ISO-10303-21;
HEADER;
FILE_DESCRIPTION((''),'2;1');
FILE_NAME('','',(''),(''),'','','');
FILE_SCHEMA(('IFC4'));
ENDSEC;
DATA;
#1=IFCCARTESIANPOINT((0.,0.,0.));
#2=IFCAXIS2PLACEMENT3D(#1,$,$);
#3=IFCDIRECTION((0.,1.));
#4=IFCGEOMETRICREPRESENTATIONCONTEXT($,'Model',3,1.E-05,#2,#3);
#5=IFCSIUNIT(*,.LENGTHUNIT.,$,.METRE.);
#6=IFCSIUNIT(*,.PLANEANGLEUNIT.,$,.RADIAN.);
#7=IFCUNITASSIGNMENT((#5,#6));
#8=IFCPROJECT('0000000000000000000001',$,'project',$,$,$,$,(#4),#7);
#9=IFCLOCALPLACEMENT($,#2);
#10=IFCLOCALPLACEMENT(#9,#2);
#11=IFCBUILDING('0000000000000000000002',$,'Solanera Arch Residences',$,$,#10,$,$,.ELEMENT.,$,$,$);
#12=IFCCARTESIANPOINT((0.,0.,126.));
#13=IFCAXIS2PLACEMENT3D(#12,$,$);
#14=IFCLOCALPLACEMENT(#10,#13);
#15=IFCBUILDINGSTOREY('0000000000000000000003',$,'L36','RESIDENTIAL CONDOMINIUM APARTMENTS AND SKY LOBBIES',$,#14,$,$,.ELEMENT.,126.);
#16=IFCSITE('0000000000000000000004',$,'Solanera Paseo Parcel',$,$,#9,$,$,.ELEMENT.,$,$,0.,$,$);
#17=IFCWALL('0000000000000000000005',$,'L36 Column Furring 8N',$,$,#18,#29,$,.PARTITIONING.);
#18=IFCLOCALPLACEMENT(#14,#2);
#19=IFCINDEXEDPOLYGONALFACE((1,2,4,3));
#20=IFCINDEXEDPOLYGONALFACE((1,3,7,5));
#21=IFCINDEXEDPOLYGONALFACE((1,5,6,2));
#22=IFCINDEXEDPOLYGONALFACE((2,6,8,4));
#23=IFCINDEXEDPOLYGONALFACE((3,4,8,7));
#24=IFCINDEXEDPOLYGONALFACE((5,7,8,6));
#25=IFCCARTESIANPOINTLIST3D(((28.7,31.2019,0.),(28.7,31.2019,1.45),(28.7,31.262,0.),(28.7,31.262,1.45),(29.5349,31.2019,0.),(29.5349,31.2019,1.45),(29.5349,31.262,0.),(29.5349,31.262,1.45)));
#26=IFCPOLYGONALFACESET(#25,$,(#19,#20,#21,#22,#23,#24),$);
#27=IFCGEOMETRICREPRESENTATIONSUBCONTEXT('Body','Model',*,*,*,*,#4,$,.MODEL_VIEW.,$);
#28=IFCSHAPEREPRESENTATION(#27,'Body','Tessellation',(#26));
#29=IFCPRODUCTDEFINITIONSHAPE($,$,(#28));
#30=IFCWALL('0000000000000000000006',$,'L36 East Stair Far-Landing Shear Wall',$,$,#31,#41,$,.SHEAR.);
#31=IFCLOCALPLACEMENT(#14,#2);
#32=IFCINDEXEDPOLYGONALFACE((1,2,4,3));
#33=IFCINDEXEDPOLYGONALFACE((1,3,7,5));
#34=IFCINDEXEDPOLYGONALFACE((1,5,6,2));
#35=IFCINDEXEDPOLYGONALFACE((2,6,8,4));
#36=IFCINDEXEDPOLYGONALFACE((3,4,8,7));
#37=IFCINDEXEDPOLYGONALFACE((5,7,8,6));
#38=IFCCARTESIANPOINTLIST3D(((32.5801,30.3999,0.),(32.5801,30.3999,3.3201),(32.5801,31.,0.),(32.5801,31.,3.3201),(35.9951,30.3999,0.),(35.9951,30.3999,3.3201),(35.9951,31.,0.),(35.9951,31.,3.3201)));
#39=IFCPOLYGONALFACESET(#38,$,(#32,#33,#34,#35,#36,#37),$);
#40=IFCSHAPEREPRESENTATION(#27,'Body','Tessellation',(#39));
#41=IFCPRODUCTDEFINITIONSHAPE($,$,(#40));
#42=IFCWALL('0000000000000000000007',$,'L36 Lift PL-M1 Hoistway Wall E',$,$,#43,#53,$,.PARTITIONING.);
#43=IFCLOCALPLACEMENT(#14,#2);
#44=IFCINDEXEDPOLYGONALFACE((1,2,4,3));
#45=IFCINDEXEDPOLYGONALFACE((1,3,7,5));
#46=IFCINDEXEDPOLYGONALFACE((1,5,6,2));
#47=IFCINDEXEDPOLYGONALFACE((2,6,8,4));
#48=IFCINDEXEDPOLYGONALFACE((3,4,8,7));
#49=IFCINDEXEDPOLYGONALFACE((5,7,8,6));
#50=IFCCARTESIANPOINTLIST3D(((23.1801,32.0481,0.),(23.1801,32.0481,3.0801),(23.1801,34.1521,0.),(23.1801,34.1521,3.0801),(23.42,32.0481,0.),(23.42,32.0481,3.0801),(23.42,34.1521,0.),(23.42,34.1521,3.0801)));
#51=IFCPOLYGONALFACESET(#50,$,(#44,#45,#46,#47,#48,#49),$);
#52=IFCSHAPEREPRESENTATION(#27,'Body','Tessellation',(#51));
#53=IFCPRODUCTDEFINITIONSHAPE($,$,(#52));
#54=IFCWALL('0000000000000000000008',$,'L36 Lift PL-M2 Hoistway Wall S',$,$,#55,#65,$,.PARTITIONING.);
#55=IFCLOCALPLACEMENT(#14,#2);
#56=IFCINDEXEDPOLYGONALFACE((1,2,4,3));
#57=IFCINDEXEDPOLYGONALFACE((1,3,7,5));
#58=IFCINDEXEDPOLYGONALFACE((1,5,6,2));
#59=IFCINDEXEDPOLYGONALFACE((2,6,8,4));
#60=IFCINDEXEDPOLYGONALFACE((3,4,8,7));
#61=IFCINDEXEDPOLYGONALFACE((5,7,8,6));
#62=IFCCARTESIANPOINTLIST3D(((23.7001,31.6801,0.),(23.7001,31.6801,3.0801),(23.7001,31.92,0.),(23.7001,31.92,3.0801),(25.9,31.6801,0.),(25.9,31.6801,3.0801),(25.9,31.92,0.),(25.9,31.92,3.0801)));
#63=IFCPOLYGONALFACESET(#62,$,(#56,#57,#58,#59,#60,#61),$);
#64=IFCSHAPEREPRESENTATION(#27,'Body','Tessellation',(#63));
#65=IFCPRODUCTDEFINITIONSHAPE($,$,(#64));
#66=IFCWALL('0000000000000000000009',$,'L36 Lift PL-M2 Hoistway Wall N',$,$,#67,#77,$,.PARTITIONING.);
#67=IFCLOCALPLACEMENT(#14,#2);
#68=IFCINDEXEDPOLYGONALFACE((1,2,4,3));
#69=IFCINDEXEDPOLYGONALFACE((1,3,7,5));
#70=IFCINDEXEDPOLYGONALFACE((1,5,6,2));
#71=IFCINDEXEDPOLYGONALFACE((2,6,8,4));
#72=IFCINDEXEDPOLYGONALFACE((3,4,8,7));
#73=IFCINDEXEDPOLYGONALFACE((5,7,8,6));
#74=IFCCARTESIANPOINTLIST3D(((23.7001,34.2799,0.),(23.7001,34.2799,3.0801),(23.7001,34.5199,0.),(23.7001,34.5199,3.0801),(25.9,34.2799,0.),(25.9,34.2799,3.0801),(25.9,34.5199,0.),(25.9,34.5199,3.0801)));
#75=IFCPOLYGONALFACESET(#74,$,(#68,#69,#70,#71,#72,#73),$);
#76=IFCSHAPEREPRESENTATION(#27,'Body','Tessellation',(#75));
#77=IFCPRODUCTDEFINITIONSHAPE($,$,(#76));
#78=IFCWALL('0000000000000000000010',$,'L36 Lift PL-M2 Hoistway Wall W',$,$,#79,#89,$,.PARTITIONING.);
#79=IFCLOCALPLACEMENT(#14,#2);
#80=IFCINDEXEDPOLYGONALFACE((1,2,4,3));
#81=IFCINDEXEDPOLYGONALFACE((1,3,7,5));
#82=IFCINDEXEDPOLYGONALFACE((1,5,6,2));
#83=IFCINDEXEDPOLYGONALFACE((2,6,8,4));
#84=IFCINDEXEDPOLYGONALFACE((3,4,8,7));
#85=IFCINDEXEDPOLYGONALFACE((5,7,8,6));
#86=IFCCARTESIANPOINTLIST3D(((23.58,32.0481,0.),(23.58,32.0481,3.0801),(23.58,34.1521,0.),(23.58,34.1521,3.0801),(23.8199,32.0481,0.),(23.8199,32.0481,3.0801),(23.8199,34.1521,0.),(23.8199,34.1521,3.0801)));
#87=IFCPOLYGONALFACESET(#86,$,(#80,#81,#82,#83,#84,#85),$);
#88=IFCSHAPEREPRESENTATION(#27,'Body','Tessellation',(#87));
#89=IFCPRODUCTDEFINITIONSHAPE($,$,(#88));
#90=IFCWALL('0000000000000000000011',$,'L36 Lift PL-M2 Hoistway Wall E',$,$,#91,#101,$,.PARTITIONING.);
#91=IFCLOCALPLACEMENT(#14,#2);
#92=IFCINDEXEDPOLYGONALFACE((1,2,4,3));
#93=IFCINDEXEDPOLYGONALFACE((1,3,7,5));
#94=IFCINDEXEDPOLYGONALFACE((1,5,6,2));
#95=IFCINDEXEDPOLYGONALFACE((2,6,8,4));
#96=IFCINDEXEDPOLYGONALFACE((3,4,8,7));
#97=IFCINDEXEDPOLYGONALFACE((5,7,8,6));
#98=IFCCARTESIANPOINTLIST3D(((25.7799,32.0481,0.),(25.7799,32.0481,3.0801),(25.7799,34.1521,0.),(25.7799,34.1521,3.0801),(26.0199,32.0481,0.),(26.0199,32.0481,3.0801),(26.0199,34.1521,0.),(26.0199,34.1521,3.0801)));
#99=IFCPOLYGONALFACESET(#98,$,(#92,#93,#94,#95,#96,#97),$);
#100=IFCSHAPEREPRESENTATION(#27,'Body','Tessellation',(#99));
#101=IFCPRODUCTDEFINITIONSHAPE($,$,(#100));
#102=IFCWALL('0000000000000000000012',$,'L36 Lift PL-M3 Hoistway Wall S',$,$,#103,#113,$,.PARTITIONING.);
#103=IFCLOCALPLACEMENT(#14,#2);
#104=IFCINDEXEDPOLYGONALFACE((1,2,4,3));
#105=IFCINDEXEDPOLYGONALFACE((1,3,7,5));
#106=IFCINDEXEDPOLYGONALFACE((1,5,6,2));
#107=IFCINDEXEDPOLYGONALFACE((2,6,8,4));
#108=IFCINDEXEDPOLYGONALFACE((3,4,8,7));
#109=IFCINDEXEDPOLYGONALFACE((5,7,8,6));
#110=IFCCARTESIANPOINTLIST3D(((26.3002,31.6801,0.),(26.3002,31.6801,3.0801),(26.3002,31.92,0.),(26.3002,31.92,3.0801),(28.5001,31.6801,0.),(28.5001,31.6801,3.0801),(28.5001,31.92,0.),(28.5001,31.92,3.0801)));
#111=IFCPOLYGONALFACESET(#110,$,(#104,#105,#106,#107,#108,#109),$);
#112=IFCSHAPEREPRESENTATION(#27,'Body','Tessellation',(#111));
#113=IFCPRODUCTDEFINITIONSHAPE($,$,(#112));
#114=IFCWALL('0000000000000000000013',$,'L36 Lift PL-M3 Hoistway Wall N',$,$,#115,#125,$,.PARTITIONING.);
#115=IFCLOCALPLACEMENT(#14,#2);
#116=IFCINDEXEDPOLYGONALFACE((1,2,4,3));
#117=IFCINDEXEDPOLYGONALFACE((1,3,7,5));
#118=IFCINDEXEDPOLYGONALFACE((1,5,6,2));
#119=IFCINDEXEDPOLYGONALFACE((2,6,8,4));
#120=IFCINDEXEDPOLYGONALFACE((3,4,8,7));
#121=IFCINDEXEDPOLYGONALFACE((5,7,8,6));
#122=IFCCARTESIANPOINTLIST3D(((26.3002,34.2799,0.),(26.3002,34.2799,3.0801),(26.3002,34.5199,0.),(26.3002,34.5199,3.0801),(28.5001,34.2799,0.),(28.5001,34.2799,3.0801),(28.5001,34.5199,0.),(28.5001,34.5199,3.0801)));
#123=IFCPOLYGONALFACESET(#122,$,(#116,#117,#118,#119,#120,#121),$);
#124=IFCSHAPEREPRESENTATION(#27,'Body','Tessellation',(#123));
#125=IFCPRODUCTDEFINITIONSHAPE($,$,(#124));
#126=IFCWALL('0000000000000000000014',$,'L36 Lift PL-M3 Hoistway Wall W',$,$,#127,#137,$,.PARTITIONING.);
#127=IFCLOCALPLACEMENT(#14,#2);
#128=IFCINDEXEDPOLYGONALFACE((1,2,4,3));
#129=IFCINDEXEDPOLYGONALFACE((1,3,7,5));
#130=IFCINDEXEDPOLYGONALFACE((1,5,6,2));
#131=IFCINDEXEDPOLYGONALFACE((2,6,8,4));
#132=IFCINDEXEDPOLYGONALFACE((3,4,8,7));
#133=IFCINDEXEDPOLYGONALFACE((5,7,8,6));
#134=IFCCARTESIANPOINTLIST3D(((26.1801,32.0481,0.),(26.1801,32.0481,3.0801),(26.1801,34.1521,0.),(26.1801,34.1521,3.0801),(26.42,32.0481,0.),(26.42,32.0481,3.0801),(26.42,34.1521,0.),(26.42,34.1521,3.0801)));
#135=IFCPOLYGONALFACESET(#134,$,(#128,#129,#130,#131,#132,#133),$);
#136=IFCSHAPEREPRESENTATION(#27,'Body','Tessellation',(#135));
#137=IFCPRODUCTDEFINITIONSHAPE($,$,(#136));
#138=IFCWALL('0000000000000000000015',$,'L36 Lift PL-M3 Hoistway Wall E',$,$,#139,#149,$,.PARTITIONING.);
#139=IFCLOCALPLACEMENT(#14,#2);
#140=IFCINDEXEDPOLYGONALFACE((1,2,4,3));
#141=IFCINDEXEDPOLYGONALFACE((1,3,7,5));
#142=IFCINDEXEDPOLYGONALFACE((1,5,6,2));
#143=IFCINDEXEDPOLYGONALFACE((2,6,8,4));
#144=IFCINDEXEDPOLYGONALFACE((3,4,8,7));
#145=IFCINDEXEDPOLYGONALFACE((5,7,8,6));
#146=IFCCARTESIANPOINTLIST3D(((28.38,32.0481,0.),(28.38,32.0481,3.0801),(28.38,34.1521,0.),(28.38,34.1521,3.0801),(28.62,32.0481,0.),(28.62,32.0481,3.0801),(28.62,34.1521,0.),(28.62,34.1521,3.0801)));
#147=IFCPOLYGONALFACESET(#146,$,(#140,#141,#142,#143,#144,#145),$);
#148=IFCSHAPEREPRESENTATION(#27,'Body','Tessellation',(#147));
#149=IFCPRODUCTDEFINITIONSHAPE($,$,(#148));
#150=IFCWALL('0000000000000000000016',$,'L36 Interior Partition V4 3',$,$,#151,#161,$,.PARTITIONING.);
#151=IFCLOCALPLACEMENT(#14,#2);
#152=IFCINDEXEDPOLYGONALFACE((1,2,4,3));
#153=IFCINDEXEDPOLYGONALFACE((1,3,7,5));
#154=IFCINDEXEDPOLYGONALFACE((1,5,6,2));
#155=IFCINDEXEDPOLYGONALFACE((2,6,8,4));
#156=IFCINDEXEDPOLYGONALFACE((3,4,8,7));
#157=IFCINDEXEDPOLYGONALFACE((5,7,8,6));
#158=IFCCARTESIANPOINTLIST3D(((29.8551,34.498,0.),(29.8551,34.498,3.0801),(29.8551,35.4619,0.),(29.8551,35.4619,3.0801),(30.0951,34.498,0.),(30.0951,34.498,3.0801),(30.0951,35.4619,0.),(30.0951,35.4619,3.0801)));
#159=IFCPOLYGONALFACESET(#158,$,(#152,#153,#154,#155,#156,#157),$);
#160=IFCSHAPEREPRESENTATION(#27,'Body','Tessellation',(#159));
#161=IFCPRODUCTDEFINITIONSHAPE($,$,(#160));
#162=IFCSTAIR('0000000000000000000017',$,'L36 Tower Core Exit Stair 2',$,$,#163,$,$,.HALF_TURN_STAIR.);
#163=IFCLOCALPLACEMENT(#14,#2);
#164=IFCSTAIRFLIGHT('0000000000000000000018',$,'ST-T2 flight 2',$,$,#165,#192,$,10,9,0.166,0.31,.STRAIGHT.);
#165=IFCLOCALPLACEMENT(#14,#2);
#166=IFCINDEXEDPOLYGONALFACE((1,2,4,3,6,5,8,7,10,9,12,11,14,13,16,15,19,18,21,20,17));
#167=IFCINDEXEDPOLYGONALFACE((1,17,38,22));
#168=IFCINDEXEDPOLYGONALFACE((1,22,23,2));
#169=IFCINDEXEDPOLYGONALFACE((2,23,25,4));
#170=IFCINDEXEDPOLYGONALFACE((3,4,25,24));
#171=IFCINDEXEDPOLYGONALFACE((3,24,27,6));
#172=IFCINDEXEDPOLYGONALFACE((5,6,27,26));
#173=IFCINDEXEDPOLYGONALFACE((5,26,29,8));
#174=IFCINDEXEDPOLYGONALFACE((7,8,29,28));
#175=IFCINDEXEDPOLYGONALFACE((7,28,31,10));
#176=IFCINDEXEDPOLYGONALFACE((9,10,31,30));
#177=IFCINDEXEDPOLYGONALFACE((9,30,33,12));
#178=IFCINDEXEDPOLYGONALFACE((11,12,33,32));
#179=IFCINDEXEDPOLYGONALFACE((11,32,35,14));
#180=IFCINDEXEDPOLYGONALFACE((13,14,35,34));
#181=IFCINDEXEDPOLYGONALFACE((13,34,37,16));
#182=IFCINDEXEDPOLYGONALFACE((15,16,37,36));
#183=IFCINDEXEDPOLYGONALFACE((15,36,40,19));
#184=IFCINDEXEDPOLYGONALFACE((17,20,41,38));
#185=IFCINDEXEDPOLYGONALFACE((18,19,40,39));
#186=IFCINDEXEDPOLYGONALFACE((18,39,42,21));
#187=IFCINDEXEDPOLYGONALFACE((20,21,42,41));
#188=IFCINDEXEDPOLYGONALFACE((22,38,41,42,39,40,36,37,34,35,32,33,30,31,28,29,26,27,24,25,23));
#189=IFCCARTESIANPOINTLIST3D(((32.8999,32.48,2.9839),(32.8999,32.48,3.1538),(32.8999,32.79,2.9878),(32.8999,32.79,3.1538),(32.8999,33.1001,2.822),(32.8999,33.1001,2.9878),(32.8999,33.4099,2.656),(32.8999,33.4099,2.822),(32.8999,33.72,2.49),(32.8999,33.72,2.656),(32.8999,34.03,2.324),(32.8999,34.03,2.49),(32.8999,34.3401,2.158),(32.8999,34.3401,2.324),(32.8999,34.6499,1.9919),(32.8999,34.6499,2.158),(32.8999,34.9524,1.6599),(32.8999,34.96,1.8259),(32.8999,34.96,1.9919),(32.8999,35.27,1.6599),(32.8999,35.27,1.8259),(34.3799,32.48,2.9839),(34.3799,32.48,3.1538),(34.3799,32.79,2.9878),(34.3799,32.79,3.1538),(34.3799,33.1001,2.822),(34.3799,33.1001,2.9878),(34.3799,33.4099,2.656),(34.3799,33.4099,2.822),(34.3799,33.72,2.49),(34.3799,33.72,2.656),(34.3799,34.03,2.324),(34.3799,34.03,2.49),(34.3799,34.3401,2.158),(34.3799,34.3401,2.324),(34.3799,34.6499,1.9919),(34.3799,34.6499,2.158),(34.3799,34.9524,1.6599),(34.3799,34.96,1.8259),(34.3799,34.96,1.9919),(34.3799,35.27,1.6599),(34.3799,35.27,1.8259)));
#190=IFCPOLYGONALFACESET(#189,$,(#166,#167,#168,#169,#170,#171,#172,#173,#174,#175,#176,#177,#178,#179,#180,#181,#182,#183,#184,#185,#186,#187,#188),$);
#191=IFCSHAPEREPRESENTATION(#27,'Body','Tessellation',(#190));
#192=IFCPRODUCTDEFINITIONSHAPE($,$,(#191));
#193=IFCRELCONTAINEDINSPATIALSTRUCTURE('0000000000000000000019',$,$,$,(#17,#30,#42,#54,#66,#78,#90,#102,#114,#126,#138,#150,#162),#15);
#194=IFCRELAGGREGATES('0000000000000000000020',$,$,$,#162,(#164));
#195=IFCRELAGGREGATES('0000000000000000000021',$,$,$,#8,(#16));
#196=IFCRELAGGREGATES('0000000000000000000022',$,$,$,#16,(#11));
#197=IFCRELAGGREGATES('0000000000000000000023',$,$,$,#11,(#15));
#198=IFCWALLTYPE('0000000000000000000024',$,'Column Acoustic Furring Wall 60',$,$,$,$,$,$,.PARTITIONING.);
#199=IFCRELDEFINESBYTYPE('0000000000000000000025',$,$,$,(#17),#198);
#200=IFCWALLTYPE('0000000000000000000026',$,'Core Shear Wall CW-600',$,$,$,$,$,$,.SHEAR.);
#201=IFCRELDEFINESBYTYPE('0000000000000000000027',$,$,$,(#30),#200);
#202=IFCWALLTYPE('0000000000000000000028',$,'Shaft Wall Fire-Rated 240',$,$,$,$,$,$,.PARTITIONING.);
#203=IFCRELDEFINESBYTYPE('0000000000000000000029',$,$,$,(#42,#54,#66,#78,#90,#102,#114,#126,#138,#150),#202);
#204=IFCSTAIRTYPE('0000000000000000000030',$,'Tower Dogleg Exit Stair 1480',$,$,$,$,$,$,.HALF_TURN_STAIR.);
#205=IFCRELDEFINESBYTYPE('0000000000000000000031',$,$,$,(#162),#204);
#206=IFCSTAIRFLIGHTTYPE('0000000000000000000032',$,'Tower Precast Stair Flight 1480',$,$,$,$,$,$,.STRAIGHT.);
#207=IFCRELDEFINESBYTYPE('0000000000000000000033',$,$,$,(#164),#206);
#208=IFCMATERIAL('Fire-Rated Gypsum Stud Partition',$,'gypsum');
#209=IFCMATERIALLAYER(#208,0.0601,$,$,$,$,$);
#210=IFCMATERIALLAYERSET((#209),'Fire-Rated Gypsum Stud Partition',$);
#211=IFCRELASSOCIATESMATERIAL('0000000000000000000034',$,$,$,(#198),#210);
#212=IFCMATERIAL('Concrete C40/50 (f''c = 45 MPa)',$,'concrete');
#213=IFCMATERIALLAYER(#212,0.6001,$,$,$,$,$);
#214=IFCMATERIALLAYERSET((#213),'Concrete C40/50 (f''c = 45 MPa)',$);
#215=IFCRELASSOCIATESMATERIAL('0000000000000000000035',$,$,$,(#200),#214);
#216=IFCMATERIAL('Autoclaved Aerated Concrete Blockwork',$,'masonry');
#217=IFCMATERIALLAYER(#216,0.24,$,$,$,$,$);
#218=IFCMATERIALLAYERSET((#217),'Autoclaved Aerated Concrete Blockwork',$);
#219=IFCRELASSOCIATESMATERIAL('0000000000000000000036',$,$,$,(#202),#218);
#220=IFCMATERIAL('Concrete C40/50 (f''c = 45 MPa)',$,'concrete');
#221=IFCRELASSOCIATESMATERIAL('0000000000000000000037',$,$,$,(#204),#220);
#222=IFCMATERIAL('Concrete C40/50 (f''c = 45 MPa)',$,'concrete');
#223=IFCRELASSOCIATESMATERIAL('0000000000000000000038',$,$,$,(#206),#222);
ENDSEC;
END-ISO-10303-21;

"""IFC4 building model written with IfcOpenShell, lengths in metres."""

from ifc_helpers import new_model, si_unit, direction, frame, frame_2d, origin, place, context, subcontext, project, spatial, polyline, rectangle, outline, extrude, material, layer, layer_set, type_object, element, aggregate, save


model = new_model("IFC4")

# Units and contexts
model_context = context("Model", 3, precision=1e-05, world=origin(), true_north=direction((0.0, 1.0)))
body_context = subcontext(model_context, "Body", "Model", "MODEL_VIEW")
ifc_project = project(units=[si_unit("LENGTHUNIT", "METRE"), si_unit("PLANEANGLEUNIT", "RADIAN")], contexts=[model_context])

# Site, building, storey
site_placement = place(None, origin())
site = spatial("IfcSite", under=ifc_project, at=site_placement, Name="Solanera Paseo Parcel", CompositionType="ELEMENT", RefElevation=0.0)
building_placement = place(site_placement, origin())
building = spatial("IfcBuilding", under=site, at=building_placement, Name="Solanera Arch Residences", CompositionType="ELEMENT")
storey_placement = place(building_placement, frame((0.0, 0.0, 126.0)))
storey = spatial("IfcBuildingStorey", under=building, at=storey_placement, Name="L36", Description="RESIDENTIAL CONDOMINIUM APARTMENTS AND SKY LOBBIES", CompositionType="ELEMENT", Elevation=126.0)

# Wall
ifc_material_1 = material(Name="Fire-Rated Gypsum Stud Partition", Category="gypsum")
ifc_layer_1 = layer(ifc_material_1, 0.0601)
ifc_layer_set_1 = layer_set([ifc_layer_1], Name="Fire-Rated Gypsum Stud Partition")
wall_type_1 = type_object("IfcWallType", Name="Column Acoustic Furring Wall 60", PredefinedType="PARTITIONING", material=ifc_layer_set_1)
wall_1_placement = place(storey_placement, frame((28.7, 31.2319, 0.0), z_axis=(0.0, 0.0, 1.0), x_axis=(1.0, 0.0, 0.0)))
element("IfcWall", 1, at=wall_1_placement, inside=storey, type_object=wall_type_1, Name="L36 Column Furring 8N", PredefinedType="PARTITIONING", context=body_context, shape_type="SweptSolid", body=[
    extrude(rectangle(XDim=0.835, YDim=0.0601, at=frame_2d((0.4175, 0.0))), origin(), (0.0, 0.0, 1.0), 1.45),
])

# Walls
ifc_material_2 = material(Name="Concrete C40/50 (f'c = 45 MPa)", Category="concrete")
ifc_layer_2 = layer(ifc_material_2, 0.6001)
ifc_layer_set_2 = layer_set([ifc_layer_2], Name="Concrete C40/50 (f'c = 45 MPa)")
wall_type_2 = type_object("IfcWallType", Name="Core Shear Wall CW-600", PredefinedType="SHEAR", material=ifc_layer_set_2)
wall_2_placement = place(storey_placement, frame((32.5801, 30.7, 0.0), z_axis=(0.0, 0.0, 1.0), x_axis=(1.0, 0.0, 0.0)))
element("IfcWall", 2, at=wall_2_placement, inside=storey, type_object=wall_type_2, Name="L36 East Stair Far-Landing Shear Wall", PredefinedType="SHEAR", context=body_context, shape_type="SweptSolid", body=[
    extrude(rectangle(XDim=3.415, YDim=0.6001, at=frame_2d((1.7075, 0.0))), origin(), (0.0, 0.0, 1.0), 3.3201),
])
ifc_material_3 = material(Name="Autoclaved Aerated Concrete Blockwork", Category="masonry")
ifc_layer_3 = layer(ifc_material_3, 0.24)
ifc_layer_set_3 = layer_set([ifc_layer_3], Name="Autoclaved Aerated Concrete Blockwork")
wall_type_3 = type_object("IfcWallType", Name="Shaft Wall Fire-Rated 240", PredefinedType="PARTITIONING", material=ifc_layer_set_3)
wall_3_placement = place(storey_placement, frame((23.3, 32.0481, 0.0), z_axis=(0.0, 0.0, 1.0), x_axis=(0.0, 1.0, 0.0)))
element("IfcWall", 3, at=wall_3_placement, inside=storey, type_object=wall_type_3, Name="L36 Lift PL-M1 Hoistway Wall E", PredefinedType="PARTITIONING", context=body_context, shape_type="SweptSolid", body=[
    extrude(rectangle(XDim=2.104, YDim=0.24, at=frame_2d((1.052, 0.0))), origin(), (0.0, 0.0, 1.0), 3.0801),
])
for number, where, z_axis, x_axis, name in (
    (4, (23.7, 31.8, 0.0), (0.0, 0.0, 1.0), (1.0, 0.0, 0.0), "L36 Lift PL-M2 Hoistway Wall S"),
    (5, (23.7, 34.3999, 0.0), (0.0, 0.0, 1.0), (1.0, 0.0, 0.0), "L36 Lift PL-M2 Hoistway Wall N"),
):
    element("IfcWall", number, at=place(storey_placement, frame(where, z_axis=z_axis, x_axis=x_axis)), inside=storey, type_object=wall_type_3, Name=name, PredefinedType="PARTITIONING", context=body_context, shape_type="SweptSolid", body=[
        extrude(rectangle(XDim=2.2, YDim=0.24, at=frame_2d((1.1001, 0.0))), origin(), (0.0, 0.0, 1.0), 3.0801),
    ])
for number, where, z_axis, x_axis, name in (
    (6, (23.7, 32.0481, 0.0), (0.0, 0.0, 1.0), (0.0, 1.0, 0.0), "L36 Lift PL-M2 Hoistway Wall W"),
    (7, (25.8999, 32.0481, 0.0), (0.0, 0.0, 1.0), (0.0, 1.0, 0.0), "L36 Lift PL-M2 Hoistway Wall E"),
):
    element("IfcWall", number, at=place(storey_placement, frame(where, z_axis=z_axis, x_axis=x_axis)), inside=storey, type_object=wall_type_3, Name=name, PredefinedType="PARTITIONING", context=body_context, shape_type="SweptSolid", body=[
        extrude(rectangle(XDim=2.104, YDim=0.24, at=frame_2d((1.052, 0.0))), origin(), (0.0, 0.0, 1.0), 3.0801),
    ])
for number, where, z_axis, x_axis, name in (
    (8, (26.3, 31.8, 0.0), (0.0, 0.0, 1.0), (1.0, 0.0, 0.0), "L36 Lift PL-M3 Hoistway Wall S"),
    (9, (26.3, 34.3999, 0.0), (0.0, 0.0, 1.0), (1.0, 0.0, 0.0), "L36 Lift PL-M3 Hoistway Wall N"),
):
    element("IfcWall", number, at=place(storey_placement, frame(where, z_axis=z_axis, x_axis=x_axis)), inside=storey, type_object=wall_type_3, Name=name, PredefinedType="PARTITIONING", context=body_context, shape_type="SweptSolid", body=[
        extrude(rectangle(XDim=2.2, YDim=0.24, at=frame_2d((1.1001, 0.0))), origin(), (0.0, 0.0, 1.0), 3.0801),
    ])
for number, where, z_axis, x_axis, name in (
    (10, (26.3, 32.0481, 0.0), (0.0, 0.0, 1.0), (0.0, 1.0, 0.0), "L36 Lift PL-M3 Hoistway Wall W"),
    (11, (28.5, 32.0481, 0.0), (0.0, 0.0, 1.0), (0.0, 1.0, 0.0), "L36 Lift PL-M3 Hoistway Wall E"),
):
    element("IfcWall", number, at=place(storey_placement, frame(where, z_axis=z_axis, x_axis=x_axis)), inside=storey, type_object=wall_type_3, Name=name, PredefinedType="PARTITIONING", context=body_context, shape_type="SweptSolid", body=[
        extrude(rectangle(XDim=2.104, YDim=0.24, at=frame_2d((1.052, 0.0))), origin(), (0.0, 0.0, 1.0), 3.0801),
    ])

# Wall
wall_4_placement = place(storey_placement, frame((29.9751, 34.498, 0.0), z_axis=(0.0, 0.0, 1.0), x_axis=(0.0, 1.0, 0.0)))
element("IfcWall", 12, at=wall_4_placement, inside=storey, type_object=wall_type_3, Name="L36 Interior Partition V4 3", PredefinedType="PARTITIONING", context=body_context, shape_type="SweptSolid", body=[
    extrude(rectangle(XDim=0.9639, YDim=0.24, at=frame_2d((0.4819, 0.0))), origin(), (0.0, 0.0, 1.0), 3.0801),
])

# Stair, stair flight
ifc_material_4 = material(Name="Concrete C40/50 (f'c = 45 MPa)", Category="concrete")
stair_type = type_object("IfcStairType", Name="Tower Dogleg Exit Stair 1480", PredefinedType="HALF_TURN_STAIR", material=ifc_material_4)
stair_placement = place(storey_placement, origin())
stair = element("IfcStair", 13, at=stair_placement, inside=storey, type_object=stair_type, Name="L36 Tower Core Exit Stair 2", PredefinedType="HALF_TURN_STAIR")
ifc_material_5 = material(Name="Concrete C40/50 (f'c = 45 MPa)", Category="concrete")
stair_flight_type = type_object("IfcStairFlightType", Name="Tower Precast Stair Flight 1480", PredefinedType="STRAIGHT", material=ifc_material_5)
stair_flight_placement = place(storey_placement, frame((33.6399, 35.27, 1.6599), z_axis=(0.0, 0.0, 1.0), x_axis=(0.0, -1.0, 0.0)))
stair_flight = element("IfcStairFlight", 14, at=stair_flight_placement, type_object=stair_flight_type, Name="ST-T2 flight 2", NumberOfRisers=10, NumberOfTreads=9, PredefinedType="STRAIGHT", RiserHeight=0.166, TreadLength=0.31, context=body_context, shape_type="SweptSolid", body=[
    extrude(outline(polyline([(0.0, 0.0), (0.0, 0.166), (0.3101, 0.166), (0.3101, 0.332), (0.6201, 0.332), (0.6201, 0.498), (0.9299, 0.498), (0.9299, 0.6641), (1.24, 0.6641), (1.24, 0.8301), (1.55, 0.8301), (1.55, 0.9961), (1.8601, 0.9961), (1.8601, 1.1621), (2.1699, 1.1621), (2.1699, 1.3279), (2.48, 1.3279), (2.48, 1.4939), (2.79, 1.4939), (2.79, 1.6599), (2.79, 1.324), (0.3176, 0.0), (0.0, 0.0)])), frame((0.0, 0.74, 0.0), z_axis=(0.0, -1.0, 0.0), x_axis=(1.0, 0.0, 0.0)), (0.0, 0.0, 1.0), 1.48),
])
aggregate(stair, [stair_flight])

save(model, "model.ifc")
